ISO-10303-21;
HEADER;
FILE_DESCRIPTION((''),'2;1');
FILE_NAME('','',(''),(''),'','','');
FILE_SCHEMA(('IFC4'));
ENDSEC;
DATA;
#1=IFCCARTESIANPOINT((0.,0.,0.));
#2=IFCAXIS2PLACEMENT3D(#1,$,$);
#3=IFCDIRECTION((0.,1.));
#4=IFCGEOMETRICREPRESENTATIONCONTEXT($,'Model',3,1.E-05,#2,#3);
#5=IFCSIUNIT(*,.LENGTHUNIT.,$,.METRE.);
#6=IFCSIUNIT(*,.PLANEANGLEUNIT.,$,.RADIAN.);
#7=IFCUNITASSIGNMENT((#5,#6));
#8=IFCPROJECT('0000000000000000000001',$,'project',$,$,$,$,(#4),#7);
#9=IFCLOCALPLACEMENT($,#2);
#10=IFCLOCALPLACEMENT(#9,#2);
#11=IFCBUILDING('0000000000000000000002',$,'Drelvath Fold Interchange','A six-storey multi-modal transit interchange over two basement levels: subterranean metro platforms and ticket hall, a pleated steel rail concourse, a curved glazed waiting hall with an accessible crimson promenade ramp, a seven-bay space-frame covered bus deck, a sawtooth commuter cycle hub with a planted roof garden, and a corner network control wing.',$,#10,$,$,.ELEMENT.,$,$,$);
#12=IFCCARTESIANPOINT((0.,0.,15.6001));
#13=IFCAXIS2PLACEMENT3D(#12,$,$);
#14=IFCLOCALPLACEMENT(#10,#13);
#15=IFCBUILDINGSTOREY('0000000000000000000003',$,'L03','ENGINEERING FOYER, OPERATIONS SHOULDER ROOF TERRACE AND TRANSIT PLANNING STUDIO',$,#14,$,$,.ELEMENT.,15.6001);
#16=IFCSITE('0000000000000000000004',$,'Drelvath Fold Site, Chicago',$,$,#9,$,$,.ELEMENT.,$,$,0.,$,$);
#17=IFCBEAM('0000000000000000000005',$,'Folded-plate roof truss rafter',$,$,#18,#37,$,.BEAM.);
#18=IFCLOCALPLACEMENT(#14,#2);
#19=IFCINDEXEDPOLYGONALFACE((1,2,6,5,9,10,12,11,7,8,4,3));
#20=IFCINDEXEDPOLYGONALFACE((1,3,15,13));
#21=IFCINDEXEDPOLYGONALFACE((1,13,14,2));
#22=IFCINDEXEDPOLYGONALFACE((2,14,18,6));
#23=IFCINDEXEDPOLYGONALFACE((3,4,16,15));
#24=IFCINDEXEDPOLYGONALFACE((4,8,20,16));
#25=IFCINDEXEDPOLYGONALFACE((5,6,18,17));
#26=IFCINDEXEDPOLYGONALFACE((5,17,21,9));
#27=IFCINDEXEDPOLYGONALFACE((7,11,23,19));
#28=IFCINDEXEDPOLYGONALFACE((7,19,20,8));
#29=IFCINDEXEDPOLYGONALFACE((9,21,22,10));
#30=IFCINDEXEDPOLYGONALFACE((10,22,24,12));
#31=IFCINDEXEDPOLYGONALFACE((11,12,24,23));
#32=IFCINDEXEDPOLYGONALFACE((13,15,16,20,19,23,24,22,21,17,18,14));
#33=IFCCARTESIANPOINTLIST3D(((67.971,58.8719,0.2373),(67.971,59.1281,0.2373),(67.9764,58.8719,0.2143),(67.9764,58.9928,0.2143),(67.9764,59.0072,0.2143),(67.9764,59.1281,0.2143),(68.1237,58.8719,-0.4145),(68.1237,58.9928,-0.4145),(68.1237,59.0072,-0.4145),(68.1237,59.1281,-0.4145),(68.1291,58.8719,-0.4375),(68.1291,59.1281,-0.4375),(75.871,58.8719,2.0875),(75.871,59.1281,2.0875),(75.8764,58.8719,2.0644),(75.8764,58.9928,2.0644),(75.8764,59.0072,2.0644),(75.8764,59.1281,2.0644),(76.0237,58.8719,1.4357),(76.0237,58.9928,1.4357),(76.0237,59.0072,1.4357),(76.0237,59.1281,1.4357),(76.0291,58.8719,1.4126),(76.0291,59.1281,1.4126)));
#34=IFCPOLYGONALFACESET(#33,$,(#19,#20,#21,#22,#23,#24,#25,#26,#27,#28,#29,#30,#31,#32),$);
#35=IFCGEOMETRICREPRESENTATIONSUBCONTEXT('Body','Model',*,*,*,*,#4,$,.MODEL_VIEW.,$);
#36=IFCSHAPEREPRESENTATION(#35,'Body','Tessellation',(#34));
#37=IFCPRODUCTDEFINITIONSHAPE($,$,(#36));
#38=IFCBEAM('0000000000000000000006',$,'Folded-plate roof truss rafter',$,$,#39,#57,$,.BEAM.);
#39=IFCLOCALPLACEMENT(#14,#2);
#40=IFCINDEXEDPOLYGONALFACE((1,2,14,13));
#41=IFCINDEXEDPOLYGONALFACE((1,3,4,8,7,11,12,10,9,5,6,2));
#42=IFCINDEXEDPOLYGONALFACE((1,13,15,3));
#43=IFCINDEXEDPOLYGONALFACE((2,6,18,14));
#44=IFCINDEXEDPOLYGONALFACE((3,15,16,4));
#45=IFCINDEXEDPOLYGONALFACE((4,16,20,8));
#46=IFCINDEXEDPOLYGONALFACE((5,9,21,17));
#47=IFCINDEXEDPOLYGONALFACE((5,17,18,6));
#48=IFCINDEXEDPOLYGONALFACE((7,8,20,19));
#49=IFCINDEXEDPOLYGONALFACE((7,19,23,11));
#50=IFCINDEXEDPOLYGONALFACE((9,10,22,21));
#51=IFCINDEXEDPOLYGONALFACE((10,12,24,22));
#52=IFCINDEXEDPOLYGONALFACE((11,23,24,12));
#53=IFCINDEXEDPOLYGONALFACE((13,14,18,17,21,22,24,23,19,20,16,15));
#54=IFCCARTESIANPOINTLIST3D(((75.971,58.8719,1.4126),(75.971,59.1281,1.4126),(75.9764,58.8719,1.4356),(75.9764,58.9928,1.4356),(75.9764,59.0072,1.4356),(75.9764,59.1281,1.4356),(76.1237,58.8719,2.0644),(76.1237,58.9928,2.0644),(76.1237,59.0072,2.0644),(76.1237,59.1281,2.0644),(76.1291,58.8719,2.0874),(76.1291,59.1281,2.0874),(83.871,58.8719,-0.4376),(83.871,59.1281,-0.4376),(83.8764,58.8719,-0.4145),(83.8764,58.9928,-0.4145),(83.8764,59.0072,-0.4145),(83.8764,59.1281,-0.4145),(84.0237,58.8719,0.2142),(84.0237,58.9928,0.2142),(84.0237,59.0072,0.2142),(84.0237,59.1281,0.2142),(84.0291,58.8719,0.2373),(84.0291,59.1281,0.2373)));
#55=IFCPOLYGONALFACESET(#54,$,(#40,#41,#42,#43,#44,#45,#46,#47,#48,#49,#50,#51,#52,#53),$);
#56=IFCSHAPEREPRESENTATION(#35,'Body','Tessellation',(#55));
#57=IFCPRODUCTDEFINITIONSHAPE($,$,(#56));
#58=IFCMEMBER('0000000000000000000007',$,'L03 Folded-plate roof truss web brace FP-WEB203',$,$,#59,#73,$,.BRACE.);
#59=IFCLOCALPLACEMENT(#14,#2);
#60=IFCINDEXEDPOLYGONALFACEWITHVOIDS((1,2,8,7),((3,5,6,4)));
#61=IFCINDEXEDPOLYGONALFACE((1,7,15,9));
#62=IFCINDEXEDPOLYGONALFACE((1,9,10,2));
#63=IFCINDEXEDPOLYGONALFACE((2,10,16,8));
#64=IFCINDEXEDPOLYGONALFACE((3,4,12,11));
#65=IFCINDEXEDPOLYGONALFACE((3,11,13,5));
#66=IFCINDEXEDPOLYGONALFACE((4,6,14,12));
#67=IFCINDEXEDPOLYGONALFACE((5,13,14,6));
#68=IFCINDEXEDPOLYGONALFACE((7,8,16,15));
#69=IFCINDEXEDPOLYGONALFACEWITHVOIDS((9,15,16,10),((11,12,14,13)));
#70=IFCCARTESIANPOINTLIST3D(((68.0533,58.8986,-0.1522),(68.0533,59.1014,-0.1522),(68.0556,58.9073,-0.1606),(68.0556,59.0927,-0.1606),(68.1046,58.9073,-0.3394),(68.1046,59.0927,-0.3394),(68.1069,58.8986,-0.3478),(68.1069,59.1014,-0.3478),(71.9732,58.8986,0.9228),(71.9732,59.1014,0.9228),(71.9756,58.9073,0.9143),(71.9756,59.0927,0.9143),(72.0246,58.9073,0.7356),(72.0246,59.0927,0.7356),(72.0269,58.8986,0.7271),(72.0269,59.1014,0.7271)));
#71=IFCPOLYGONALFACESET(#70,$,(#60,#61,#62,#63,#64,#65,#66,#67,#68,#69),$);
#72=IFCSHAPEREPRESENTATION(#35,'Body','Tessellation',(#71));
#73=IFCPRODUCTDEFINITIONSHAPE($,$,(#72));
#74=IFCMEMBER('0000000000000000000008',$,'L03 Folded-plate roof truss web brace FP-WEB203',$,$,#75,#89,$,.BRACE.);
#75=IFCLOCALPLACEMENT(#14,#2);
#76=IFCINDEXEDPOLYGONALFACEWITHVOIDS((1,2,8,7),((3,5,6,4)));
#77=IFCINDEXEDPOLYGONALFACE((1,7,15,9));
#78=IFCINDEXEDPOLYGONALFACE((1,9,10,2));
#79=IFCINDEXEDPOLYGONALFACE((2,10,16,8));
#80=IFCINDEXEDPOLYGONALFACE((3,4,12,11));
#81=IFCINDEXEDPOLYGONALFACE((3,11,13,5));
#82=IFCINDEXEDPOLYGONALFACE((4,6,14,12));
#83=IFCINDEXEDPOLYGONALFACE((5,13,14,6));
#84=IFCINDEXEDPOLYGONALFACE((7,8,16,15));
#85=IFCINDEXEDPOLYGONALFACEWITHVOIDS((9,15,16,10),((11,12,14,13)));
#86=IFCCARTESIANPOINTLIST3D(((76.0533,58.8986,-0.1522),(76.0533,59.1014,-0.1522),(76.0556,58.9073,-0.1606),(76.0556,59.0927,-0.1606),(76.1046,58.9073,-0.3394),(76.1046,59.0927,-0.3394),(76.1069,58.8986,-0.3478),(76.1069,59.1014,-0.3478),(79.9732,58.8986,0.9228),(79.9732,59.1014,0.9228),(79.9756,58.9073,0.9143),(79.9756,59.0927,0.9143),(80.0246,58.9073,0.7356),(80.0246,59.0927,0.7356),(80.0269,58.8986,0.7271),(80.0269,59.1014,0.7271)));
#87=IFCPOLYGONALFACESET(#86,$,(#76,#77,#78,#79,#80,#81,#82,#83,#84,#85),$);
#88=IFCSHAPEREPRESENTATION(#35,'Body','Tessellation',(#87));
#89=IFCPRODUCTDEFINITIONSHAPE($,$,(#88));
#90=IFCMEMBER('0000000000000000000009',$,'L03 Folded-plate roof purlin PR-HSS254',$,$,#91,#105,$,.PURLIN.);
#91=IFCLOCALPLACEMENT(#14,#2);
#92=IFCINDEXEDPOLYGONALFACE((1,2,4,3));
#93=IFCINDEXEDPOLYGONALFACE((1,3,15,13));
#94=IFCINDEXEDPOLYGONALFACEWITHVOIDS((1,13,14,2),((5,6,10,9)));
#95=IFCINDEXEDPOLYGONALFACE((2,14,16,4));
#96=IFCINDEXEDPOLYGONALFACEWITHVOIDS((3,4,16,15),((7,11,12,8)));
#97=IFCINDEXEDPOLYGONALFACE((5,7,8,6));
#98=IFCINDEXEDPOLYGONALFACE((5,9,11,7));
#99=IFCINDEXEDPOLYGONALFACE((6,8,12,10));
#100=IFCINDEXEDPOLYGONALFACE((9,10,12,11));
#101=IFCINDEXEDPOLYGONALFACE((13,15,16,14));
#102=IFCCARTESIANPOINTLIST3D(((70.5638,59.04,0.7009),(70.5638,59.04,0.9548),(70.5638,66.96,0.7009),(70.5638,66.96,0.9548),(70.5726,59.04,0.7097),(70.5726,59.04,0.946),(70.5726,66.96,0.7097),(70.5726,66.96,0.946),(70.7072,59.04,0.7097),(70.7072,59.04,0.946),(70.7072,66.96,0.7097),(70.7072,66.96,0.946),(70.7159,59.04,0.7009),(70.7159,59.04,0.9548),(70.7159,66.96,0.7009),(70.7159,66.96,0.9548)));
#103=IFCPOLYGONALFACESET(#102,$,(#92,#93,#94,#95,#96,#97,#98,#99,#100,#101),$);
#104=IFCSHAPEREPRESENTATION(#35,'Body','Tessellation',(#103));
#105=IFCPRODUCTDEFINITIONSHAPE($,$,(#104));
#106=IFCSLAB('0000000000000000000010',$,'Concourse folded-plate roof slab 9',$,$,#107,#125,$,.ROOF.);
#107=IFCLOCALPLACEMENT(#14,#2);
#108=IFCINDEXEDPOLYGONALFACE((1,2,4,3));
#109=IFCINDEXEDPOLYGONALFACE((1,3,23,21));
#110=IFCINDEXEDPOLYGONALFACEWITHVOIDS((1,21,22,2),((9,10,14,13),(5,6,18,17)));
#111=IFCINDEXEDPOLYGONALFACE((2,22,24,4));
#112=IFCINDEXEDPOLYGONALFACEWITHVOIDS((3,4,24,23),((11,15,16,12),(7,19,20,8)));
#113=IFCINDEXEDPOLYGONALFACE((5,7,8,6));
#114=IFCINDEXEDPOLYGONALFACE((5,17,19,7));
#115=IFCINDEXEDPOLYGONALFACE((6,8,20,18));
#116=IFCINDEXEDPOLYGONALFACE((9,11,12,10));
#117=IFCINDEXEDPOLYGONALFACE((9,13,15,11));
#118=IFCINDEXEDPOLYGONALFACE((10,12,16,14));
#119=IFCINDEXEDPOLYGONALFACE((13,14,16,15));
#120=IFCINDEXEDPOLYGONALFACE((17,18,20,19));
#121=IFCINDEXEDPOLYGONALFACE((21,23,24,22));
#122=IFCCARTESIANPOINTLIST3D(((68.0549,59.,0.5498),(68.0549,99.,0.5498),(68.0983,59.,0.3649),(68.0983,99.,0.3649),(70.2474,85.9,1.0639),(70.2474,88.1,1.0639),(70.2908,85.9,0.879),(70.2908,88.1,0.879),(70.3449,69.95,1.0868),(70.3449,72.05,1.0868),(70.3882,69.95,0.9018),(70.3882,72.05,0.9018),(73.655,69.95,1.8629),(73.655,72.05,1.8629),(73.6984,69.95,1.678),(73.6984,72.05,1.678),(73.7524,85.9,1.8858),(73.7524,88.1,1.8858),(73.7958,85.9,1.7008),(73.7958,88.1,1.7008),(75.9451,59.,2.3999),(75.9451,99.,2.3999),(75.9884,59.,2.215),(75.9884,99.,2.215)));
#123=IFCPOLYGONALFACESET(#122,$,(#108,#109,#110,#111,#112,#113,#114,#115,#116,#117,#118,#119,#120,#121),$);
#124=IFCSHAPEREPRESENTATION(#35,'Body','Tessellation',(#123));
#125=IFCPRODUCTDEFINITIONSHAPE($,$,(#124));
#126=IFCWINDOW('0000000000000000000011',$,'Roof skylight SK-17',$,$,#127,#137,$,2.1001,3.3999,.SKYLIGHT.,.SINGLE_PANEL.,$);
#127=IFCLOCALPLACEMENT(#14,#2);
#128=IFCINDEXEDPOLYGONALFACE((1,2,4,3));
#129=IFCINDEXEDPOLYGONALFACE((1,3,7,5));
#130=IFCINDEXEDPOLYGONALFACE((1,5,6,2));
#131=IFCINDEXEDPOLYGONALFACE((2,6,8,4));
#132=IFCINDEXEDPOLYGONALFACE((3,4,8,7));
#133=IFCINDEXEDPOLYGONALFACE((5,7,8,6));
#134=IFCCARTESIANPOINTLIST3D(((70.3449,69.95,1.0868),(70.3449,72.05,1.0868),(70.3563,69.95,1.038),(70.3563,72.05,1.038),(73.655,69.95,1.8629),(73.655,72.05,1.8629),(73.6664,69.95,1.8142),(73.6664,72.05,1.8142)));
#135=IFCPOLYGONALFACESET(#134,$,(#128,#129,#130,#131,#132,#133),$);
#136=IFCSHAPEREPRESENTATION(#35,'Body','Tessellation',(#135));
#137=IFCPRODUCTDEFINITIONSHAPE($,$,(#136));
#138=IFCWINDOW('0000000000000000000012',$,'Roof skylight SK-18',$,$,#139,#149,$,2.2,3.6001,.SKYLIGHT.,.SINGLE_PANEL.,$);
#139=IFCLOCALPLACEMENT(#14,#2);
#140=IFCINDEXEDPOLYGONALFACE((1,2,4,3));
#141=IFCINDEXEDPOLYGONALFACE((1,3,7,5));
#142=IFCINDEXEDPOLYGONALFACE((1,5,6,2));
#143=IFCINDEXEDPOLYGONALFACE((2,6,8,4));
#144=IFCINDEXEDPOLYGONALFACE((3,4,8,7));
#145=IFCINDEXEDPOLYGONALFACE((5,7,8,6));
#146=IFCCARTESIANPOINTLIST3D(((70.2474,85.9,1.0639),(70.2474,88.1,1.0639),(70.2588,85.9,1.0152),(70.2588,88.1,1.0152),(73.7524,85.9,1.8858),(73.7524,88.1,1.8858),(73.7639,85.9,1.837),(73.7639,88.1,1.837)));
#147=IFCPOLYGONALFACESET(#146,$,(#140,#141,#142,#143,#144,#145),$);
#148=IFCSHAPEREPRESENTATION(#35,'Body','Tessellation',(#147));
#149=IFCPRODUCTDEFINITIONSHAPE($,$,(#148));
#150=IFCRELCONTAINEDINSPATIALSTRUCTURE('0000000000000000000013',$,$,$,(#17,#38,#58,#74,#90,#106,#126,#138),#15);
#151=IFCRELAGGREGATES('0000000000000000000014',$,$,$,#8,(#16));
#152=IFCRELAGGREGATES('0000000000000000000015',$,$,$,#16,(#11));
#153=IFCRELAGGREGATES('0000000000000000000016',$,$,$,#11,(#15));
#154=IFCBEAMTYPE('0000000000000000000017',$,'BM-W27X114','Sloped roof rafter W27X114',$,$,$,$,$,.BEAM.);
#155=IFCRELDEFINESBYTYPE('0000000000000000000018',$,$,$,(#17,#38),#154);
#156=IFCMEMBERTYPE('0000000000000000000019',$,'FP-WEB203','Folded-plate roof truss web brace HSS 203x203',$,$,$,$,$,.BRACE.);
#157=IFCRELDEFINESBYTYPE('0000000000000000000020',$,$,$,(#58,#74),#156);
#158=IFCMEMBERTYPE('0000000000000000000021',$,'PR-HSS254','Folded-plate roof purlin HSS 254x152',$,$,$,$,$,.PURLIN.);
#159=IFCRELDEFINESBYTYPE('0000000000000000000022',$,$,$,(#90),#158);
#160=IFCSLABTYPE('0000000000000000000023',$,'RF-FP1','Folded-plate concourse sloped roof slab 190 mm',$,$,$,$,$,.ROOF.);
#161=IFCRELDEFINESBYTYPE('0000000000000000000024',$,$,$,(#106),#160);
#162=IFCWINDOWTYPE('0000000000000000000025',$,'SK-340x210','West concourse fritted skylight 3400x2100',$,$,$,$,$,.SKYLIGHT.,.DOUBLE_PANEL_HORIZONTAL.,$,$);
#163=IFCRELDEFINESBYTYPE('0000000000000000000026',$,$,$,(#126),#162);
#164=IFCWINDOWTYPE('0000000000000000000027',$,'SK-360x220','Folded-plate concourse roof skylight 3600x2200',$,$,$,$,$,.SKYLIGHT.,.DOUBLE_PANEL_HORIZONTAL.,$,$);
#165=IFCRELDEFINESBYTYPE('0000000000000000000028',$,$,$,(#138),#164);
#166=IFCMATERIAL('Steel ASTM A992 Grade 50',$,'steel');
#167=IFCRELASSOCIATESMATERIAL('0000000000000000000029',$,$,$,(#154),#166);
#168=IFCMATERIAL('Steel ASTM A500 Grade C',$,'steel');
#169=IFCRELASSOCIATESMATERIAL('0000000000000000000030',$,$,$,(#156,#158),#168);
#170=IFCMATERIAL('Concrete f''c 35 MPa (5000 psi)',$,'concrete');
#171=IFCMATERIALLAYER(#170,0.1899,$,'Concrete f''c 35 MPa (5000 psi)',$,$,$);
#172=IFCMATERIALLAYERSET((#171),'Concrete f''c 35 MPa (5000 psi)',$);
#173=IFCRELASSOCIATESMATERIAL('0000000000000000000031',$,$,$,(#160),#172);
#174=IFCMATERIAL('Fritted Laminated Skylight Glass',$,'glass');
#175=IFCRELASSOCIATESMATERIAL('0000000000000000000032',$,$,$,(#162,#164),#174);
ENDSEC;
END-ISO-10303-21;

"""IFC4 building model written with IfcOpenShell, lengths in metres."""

from ifc_helpers import new_model, si_unit, direction, frame, origin, origin_2d, place, context, subcontext, project, spatial, polyline, rectangle, hollow_rectangle, i_section, outline, extrude, material, layer, layer_set, material_profile, profile_set, type_object, element, fill, save


model = new_model("IFC4")

# Units and contexts
model_context = context("Model", 3, precision=1e-05, world=origin(), true_north=direction((0.0, 1.0)))
body_context = subcontext(model_context, "Body", "Model", "MODEL_VIEW")
ifc_project = project(units=[si_unit("LENGTHUNIT", "METRE"), si_unit("PLANEANGLEUNIT", "RADIAN")], contexts=[model_context])

# Site, building, storey
site_placement = place(None, origin())
site = spatial("IfcSite", under=ifc_project, at=site_placement, Name="Drelvath Fold Site, Chicago", CompositionType="ELEMENT", RefElevation=0.0)
building_placement = place(site_placement, origin())
building = spatial("IfcBuilding", under=site, at=building_placement, Name="Drelvath Fold Interchange", Description="A six-storey multi-modal transit interchange over two basement levels: subterranean metro platforms and ticket hall, a pleated steel rail concourse, a curved glazed waiting hall with an accessible crimson promenade ramp, a seven-bay space-frame covered bus deck, a sawtooth commuter cycle hub with a planted roof garden, and a corner network control wing.", CompositionType="ELEMENT")
storey_placement = place(building_placement, frame((0.0, 0.0, 15.6001)))
storey = spatial("IfcBuildingStorey", under=building, at=storey_placement, Name="L03", Description="ENGINEERING FOYER, OPERATIONS SHOULDER ROOF TERRACE AND TRANSIT PLANNING STUDIO", CompositionType="ELEMENT", Elevation=15.6001)

# Beams
ifc_material_1 = material(Name="Steel ASTM A992 Grade 50", Category="steel")
ifc_material_profile_1 = material_profile(ifc_material_1, i_section(OverallWidth=0.2561, OverallDepth=0.6931, WebThickness=0.0144, FlangeThickness=0.0237, at=origin_2d()), Name="W27X114")
ifc_profile_set_1 = profile_set([ifc_material_profile_1], Name="Steel ASTM A992 Grade 50")
beam_type = type_object("IfcBeamType", Name="BM-W27X114", Description="Sloped roof rafter W27X114", PredefinedType="BEAM", material=ifc_profile_set_1)
for number, where, z_axis, x_axis, name in (
    (1, (68.05, 59.0, -0.1001), (0.973656, 0.0, 0.228023), (0.0, 1.0, 0.0), "Folded-plate roof truss rafter"),
    (2, (76.05, 59.0, 1.75), (0.973656, 0.0, -0.228023), (0.0, 1.0, 0.0), "Folded-plate roof truss rafter"),
):
    element("IfcBeam", number, at=place(storey_placement, frame(where, z_axis=z_axis, x_axis=x_axis)), inside=storey, type_object=beam_type, Name=name, PredefinedType="BEAM", context=body_context, shape_type="SweptSolid", body=[
        extrude(i_section(OverallWidth=0.2561, OverallDepth=0.6931, WebThickness=0.0144, FlangeThickness=0.0237, at=origin_2d()), origin(), (0.0, 0.0, 1.0), 8.1138),
    ])

# Members
ifc_material_2 = material(Name="Steel ASTM A500 Grade C", Category="steel")
ifc_material_profile_2 = material_profile(ifc_material_2, hollow_rectangle(XDim=0.2029, YDim=0.2029, WallThickness=0.0088, at=origin_2d()), Name="HSS8X8X3/8")
ifc_profile_set_2 = profile_set([ifc_material_profile_2], Name="Steel ASTM A500 Grade C")
member_type_1 = type_object("IfcMemberType", Name="FP-WEB203", Description="Folded-plate roof truss web brace HSS 203x203", PredefinedType="BRACE", material=ifc_profile_set_2)
for number, where, z_axis, x_axis, name in (
    (3, (68.0801, 59.0, -0.25), (0.964396, 0.0, 0.264464), (0.0, 1.0, 0.0), "L03 Folded-plate roof truss web brace FP-WEB203"),
    (4, (76.0801, 59.0, -0.25), (0.964396, 0.0, 0.264464), (0.0, 1.0, 0.0), "L03 Folded-plate roof truss web brace FP-WEB203"),
):
    element("IfcMember", number, at=place(storey_placement, frame(where, z_axis=z_axis, x_axis=x_axis)), inside=storey, type_object=member_type_1, Name=name, PredefinedType="BRACE", context=body_context, shape_type="SweptSolid", body=[
        extrude(hollow_rectangle(XDim=0.2029, YDim=0.2029, WallThickness=0.0088, at=origin_2d()), origin(), (0.0, 0.0, 1.0), 4.0647),
    ])
ifc_material_profile_3 = material_profile(ifc_material_2, hollow_rectangle(XDim=0.1521, YDim=0.2539, WallThickness=0.0088, at=origin_2d()), Name="HSS10X6X3/8")
ifc_profile_set_3 = profile_set([ifc_material_profile_3], Name="Steel ASTM A500 Grade C")
member_type_2 = type_object("IfcMemberType", Name="PR-HSS254", Description="Folded-plate roof purlin HSS 254x152", PredefinedType="PURLIN", material=ifc_profile_set_3)
member_placement = place(storey_placement, frame((70.6399, 59.04, 0.8279), z_axis=(0.0, 1.0, 0.0), x_axis=(-1.0, 0.0, 0.0)))
element("IfcMember", 5, at=member_placement, inside=storey, type_object=member_type_2, Name="L03 Folded-plate roof purlin PR-HSS254", PredefinedType="PURLIN", context=body_context, shape_type="SweptSolid", body=[
    extrude(hollow_rectangle(XDim=0.1521, YDim=0.2539, WallThickness=0.0088, at=origin_2d()), origin(), (0.0, 0.0, 1.0), 7.9199),
])

# Slab, openings, windows
ifc_material_3 = material(Name="Concrete f'c 35 MPa (5000 psi)", Category="concrete")
ifc_layer_1 = layer(ifc_material_3, 0.1899, Name="Concrete f'c 35 MPa (5000 psi)")
ifc_layer_set_1 = layer_set([ifc_layer_1], Name="Concrete f'c 35 MPa (5000 psi)")
slab_type = type_object("IfcSlabType", Name="RF-FP1", Description="Folded-plate concourse sloped roof slab 190 mm", PredefinedType="ROOF", material=ifc_layer_set_1)
slab_1_placement = place(storey_placement, frame((68.0549, 59.0, 0.5498), z_axis=(-0.22829, 0.0, 0.973593), x_axis=(0.973593, 0.0, 0.22829)))
slab_1 = element("IfcSlab", 6, at=slab_1_placement, inside=storey, type_object=slab_type, Name="Concourse folded-plate roof slab 9", PredefinedType="ROOF", context=body_context, shape_type="SweptSolid", body=[
    extrude(outline(polyline([(0.0, 0.0), (8.1041, 0.0), (8.1041, 40.0), (0.0, 40.0), (0.0, 0.0)])), origin(), (0.0, 0.0, -1.0), 0.1899),
])
opening_1_placement = place(slab_1_placement, frame((4.052, 12.0, 0.01)))
opening_1 = element("IfcOpeningElement", 7, at=opening_1_placement, cuts=slab_1, PredefinedType="OPENING", context=body_context, shape_type="SweptSolid", body=[
    extrude(rectangle(XDim=3.3999, YDim=2.1001, at=origin_2d()), origin(), (0.0, 0.0, -1.0), 0.21),
])
opening_2_placement = place(slab_1_placement, frame((4.052, 28.0, 0.01)))
opening_2 = element("IfcOpeningElement", 8, at=opening_2_placement, cuts=slab_1, PredefinedType="OPENING", context=body_context, shape_type="SweptSolid", body=[
    extrude(rectangle(XDim=3.6001, YDim=2.2, at=origin_2d()), origin(), (0.0, 0.0, -1.0), 0.21),
])
ifc_material_4 = material(Name="Fritted Laminated Skylight Glass", Category="glass")
window_type_1 = type_object("IfcWindowType", Name="SK-340x210", Description="West concourse fritted skylight 3400x2100", PartitioningType="DOUBLE_PANEL_HORIZONTAL", PredefinedType="SKYLIGHT", material=ifc_material_4)
window_1_placement = place(slab_1_placement, frame((4.052, 12.0, 0.0)))
window_1 = element("IfcWindow", 9, at=window_1_placement, inside=storey, type_object=window_type_1, Name="Roof skylight SK-17", OverallHeight=2.1001, OverallWidth=3.3999, PartitioningType="SINGLE_PANEL", PredefinedType="SKYLIGHT", context=body_context, shape_type="SweptSolid", body=[
    extrude(rectangle(XDim=3.3999, YDim=2.1001, at=origin_2d()), origin(), (0.0, 0.0, -1.0), 0.05),
])
fill(opening_1, window_1)
window_type_2 = type_object("IfcWindowType", Name="SK-360x220", Description="Folded-plate concourse roof skylight 3600x2200", PartitioningType="DOUBLE_PANEL_HORIZONTAL", PredefinedType="SKYLIGHT", material=ifc_material_4)
window_2_placement = place(slab_1_placement, frame((4.052, 28.0, 0.0)))
window_2 = element("IfcWindow", 10, at=window_2_placement, inside=storey, type_object=window_type_2, Name="Roof skylight SK-18", OverallHeight=2.2, OverallWidth=3.6001, PartitioningType="SINGLE_PANEL", PredefinedType="SKYLIGHT", context=body_context, shape_type="SweptSolid", body=[
    extrude(rectangle(XDim=3.6001, YDim=2.2, at=origin_2d()), origin(), (0.0, 0.0, -1.0), 0.05),
])
fill(opening_2, window_2)

save(model, "model.ifc")
